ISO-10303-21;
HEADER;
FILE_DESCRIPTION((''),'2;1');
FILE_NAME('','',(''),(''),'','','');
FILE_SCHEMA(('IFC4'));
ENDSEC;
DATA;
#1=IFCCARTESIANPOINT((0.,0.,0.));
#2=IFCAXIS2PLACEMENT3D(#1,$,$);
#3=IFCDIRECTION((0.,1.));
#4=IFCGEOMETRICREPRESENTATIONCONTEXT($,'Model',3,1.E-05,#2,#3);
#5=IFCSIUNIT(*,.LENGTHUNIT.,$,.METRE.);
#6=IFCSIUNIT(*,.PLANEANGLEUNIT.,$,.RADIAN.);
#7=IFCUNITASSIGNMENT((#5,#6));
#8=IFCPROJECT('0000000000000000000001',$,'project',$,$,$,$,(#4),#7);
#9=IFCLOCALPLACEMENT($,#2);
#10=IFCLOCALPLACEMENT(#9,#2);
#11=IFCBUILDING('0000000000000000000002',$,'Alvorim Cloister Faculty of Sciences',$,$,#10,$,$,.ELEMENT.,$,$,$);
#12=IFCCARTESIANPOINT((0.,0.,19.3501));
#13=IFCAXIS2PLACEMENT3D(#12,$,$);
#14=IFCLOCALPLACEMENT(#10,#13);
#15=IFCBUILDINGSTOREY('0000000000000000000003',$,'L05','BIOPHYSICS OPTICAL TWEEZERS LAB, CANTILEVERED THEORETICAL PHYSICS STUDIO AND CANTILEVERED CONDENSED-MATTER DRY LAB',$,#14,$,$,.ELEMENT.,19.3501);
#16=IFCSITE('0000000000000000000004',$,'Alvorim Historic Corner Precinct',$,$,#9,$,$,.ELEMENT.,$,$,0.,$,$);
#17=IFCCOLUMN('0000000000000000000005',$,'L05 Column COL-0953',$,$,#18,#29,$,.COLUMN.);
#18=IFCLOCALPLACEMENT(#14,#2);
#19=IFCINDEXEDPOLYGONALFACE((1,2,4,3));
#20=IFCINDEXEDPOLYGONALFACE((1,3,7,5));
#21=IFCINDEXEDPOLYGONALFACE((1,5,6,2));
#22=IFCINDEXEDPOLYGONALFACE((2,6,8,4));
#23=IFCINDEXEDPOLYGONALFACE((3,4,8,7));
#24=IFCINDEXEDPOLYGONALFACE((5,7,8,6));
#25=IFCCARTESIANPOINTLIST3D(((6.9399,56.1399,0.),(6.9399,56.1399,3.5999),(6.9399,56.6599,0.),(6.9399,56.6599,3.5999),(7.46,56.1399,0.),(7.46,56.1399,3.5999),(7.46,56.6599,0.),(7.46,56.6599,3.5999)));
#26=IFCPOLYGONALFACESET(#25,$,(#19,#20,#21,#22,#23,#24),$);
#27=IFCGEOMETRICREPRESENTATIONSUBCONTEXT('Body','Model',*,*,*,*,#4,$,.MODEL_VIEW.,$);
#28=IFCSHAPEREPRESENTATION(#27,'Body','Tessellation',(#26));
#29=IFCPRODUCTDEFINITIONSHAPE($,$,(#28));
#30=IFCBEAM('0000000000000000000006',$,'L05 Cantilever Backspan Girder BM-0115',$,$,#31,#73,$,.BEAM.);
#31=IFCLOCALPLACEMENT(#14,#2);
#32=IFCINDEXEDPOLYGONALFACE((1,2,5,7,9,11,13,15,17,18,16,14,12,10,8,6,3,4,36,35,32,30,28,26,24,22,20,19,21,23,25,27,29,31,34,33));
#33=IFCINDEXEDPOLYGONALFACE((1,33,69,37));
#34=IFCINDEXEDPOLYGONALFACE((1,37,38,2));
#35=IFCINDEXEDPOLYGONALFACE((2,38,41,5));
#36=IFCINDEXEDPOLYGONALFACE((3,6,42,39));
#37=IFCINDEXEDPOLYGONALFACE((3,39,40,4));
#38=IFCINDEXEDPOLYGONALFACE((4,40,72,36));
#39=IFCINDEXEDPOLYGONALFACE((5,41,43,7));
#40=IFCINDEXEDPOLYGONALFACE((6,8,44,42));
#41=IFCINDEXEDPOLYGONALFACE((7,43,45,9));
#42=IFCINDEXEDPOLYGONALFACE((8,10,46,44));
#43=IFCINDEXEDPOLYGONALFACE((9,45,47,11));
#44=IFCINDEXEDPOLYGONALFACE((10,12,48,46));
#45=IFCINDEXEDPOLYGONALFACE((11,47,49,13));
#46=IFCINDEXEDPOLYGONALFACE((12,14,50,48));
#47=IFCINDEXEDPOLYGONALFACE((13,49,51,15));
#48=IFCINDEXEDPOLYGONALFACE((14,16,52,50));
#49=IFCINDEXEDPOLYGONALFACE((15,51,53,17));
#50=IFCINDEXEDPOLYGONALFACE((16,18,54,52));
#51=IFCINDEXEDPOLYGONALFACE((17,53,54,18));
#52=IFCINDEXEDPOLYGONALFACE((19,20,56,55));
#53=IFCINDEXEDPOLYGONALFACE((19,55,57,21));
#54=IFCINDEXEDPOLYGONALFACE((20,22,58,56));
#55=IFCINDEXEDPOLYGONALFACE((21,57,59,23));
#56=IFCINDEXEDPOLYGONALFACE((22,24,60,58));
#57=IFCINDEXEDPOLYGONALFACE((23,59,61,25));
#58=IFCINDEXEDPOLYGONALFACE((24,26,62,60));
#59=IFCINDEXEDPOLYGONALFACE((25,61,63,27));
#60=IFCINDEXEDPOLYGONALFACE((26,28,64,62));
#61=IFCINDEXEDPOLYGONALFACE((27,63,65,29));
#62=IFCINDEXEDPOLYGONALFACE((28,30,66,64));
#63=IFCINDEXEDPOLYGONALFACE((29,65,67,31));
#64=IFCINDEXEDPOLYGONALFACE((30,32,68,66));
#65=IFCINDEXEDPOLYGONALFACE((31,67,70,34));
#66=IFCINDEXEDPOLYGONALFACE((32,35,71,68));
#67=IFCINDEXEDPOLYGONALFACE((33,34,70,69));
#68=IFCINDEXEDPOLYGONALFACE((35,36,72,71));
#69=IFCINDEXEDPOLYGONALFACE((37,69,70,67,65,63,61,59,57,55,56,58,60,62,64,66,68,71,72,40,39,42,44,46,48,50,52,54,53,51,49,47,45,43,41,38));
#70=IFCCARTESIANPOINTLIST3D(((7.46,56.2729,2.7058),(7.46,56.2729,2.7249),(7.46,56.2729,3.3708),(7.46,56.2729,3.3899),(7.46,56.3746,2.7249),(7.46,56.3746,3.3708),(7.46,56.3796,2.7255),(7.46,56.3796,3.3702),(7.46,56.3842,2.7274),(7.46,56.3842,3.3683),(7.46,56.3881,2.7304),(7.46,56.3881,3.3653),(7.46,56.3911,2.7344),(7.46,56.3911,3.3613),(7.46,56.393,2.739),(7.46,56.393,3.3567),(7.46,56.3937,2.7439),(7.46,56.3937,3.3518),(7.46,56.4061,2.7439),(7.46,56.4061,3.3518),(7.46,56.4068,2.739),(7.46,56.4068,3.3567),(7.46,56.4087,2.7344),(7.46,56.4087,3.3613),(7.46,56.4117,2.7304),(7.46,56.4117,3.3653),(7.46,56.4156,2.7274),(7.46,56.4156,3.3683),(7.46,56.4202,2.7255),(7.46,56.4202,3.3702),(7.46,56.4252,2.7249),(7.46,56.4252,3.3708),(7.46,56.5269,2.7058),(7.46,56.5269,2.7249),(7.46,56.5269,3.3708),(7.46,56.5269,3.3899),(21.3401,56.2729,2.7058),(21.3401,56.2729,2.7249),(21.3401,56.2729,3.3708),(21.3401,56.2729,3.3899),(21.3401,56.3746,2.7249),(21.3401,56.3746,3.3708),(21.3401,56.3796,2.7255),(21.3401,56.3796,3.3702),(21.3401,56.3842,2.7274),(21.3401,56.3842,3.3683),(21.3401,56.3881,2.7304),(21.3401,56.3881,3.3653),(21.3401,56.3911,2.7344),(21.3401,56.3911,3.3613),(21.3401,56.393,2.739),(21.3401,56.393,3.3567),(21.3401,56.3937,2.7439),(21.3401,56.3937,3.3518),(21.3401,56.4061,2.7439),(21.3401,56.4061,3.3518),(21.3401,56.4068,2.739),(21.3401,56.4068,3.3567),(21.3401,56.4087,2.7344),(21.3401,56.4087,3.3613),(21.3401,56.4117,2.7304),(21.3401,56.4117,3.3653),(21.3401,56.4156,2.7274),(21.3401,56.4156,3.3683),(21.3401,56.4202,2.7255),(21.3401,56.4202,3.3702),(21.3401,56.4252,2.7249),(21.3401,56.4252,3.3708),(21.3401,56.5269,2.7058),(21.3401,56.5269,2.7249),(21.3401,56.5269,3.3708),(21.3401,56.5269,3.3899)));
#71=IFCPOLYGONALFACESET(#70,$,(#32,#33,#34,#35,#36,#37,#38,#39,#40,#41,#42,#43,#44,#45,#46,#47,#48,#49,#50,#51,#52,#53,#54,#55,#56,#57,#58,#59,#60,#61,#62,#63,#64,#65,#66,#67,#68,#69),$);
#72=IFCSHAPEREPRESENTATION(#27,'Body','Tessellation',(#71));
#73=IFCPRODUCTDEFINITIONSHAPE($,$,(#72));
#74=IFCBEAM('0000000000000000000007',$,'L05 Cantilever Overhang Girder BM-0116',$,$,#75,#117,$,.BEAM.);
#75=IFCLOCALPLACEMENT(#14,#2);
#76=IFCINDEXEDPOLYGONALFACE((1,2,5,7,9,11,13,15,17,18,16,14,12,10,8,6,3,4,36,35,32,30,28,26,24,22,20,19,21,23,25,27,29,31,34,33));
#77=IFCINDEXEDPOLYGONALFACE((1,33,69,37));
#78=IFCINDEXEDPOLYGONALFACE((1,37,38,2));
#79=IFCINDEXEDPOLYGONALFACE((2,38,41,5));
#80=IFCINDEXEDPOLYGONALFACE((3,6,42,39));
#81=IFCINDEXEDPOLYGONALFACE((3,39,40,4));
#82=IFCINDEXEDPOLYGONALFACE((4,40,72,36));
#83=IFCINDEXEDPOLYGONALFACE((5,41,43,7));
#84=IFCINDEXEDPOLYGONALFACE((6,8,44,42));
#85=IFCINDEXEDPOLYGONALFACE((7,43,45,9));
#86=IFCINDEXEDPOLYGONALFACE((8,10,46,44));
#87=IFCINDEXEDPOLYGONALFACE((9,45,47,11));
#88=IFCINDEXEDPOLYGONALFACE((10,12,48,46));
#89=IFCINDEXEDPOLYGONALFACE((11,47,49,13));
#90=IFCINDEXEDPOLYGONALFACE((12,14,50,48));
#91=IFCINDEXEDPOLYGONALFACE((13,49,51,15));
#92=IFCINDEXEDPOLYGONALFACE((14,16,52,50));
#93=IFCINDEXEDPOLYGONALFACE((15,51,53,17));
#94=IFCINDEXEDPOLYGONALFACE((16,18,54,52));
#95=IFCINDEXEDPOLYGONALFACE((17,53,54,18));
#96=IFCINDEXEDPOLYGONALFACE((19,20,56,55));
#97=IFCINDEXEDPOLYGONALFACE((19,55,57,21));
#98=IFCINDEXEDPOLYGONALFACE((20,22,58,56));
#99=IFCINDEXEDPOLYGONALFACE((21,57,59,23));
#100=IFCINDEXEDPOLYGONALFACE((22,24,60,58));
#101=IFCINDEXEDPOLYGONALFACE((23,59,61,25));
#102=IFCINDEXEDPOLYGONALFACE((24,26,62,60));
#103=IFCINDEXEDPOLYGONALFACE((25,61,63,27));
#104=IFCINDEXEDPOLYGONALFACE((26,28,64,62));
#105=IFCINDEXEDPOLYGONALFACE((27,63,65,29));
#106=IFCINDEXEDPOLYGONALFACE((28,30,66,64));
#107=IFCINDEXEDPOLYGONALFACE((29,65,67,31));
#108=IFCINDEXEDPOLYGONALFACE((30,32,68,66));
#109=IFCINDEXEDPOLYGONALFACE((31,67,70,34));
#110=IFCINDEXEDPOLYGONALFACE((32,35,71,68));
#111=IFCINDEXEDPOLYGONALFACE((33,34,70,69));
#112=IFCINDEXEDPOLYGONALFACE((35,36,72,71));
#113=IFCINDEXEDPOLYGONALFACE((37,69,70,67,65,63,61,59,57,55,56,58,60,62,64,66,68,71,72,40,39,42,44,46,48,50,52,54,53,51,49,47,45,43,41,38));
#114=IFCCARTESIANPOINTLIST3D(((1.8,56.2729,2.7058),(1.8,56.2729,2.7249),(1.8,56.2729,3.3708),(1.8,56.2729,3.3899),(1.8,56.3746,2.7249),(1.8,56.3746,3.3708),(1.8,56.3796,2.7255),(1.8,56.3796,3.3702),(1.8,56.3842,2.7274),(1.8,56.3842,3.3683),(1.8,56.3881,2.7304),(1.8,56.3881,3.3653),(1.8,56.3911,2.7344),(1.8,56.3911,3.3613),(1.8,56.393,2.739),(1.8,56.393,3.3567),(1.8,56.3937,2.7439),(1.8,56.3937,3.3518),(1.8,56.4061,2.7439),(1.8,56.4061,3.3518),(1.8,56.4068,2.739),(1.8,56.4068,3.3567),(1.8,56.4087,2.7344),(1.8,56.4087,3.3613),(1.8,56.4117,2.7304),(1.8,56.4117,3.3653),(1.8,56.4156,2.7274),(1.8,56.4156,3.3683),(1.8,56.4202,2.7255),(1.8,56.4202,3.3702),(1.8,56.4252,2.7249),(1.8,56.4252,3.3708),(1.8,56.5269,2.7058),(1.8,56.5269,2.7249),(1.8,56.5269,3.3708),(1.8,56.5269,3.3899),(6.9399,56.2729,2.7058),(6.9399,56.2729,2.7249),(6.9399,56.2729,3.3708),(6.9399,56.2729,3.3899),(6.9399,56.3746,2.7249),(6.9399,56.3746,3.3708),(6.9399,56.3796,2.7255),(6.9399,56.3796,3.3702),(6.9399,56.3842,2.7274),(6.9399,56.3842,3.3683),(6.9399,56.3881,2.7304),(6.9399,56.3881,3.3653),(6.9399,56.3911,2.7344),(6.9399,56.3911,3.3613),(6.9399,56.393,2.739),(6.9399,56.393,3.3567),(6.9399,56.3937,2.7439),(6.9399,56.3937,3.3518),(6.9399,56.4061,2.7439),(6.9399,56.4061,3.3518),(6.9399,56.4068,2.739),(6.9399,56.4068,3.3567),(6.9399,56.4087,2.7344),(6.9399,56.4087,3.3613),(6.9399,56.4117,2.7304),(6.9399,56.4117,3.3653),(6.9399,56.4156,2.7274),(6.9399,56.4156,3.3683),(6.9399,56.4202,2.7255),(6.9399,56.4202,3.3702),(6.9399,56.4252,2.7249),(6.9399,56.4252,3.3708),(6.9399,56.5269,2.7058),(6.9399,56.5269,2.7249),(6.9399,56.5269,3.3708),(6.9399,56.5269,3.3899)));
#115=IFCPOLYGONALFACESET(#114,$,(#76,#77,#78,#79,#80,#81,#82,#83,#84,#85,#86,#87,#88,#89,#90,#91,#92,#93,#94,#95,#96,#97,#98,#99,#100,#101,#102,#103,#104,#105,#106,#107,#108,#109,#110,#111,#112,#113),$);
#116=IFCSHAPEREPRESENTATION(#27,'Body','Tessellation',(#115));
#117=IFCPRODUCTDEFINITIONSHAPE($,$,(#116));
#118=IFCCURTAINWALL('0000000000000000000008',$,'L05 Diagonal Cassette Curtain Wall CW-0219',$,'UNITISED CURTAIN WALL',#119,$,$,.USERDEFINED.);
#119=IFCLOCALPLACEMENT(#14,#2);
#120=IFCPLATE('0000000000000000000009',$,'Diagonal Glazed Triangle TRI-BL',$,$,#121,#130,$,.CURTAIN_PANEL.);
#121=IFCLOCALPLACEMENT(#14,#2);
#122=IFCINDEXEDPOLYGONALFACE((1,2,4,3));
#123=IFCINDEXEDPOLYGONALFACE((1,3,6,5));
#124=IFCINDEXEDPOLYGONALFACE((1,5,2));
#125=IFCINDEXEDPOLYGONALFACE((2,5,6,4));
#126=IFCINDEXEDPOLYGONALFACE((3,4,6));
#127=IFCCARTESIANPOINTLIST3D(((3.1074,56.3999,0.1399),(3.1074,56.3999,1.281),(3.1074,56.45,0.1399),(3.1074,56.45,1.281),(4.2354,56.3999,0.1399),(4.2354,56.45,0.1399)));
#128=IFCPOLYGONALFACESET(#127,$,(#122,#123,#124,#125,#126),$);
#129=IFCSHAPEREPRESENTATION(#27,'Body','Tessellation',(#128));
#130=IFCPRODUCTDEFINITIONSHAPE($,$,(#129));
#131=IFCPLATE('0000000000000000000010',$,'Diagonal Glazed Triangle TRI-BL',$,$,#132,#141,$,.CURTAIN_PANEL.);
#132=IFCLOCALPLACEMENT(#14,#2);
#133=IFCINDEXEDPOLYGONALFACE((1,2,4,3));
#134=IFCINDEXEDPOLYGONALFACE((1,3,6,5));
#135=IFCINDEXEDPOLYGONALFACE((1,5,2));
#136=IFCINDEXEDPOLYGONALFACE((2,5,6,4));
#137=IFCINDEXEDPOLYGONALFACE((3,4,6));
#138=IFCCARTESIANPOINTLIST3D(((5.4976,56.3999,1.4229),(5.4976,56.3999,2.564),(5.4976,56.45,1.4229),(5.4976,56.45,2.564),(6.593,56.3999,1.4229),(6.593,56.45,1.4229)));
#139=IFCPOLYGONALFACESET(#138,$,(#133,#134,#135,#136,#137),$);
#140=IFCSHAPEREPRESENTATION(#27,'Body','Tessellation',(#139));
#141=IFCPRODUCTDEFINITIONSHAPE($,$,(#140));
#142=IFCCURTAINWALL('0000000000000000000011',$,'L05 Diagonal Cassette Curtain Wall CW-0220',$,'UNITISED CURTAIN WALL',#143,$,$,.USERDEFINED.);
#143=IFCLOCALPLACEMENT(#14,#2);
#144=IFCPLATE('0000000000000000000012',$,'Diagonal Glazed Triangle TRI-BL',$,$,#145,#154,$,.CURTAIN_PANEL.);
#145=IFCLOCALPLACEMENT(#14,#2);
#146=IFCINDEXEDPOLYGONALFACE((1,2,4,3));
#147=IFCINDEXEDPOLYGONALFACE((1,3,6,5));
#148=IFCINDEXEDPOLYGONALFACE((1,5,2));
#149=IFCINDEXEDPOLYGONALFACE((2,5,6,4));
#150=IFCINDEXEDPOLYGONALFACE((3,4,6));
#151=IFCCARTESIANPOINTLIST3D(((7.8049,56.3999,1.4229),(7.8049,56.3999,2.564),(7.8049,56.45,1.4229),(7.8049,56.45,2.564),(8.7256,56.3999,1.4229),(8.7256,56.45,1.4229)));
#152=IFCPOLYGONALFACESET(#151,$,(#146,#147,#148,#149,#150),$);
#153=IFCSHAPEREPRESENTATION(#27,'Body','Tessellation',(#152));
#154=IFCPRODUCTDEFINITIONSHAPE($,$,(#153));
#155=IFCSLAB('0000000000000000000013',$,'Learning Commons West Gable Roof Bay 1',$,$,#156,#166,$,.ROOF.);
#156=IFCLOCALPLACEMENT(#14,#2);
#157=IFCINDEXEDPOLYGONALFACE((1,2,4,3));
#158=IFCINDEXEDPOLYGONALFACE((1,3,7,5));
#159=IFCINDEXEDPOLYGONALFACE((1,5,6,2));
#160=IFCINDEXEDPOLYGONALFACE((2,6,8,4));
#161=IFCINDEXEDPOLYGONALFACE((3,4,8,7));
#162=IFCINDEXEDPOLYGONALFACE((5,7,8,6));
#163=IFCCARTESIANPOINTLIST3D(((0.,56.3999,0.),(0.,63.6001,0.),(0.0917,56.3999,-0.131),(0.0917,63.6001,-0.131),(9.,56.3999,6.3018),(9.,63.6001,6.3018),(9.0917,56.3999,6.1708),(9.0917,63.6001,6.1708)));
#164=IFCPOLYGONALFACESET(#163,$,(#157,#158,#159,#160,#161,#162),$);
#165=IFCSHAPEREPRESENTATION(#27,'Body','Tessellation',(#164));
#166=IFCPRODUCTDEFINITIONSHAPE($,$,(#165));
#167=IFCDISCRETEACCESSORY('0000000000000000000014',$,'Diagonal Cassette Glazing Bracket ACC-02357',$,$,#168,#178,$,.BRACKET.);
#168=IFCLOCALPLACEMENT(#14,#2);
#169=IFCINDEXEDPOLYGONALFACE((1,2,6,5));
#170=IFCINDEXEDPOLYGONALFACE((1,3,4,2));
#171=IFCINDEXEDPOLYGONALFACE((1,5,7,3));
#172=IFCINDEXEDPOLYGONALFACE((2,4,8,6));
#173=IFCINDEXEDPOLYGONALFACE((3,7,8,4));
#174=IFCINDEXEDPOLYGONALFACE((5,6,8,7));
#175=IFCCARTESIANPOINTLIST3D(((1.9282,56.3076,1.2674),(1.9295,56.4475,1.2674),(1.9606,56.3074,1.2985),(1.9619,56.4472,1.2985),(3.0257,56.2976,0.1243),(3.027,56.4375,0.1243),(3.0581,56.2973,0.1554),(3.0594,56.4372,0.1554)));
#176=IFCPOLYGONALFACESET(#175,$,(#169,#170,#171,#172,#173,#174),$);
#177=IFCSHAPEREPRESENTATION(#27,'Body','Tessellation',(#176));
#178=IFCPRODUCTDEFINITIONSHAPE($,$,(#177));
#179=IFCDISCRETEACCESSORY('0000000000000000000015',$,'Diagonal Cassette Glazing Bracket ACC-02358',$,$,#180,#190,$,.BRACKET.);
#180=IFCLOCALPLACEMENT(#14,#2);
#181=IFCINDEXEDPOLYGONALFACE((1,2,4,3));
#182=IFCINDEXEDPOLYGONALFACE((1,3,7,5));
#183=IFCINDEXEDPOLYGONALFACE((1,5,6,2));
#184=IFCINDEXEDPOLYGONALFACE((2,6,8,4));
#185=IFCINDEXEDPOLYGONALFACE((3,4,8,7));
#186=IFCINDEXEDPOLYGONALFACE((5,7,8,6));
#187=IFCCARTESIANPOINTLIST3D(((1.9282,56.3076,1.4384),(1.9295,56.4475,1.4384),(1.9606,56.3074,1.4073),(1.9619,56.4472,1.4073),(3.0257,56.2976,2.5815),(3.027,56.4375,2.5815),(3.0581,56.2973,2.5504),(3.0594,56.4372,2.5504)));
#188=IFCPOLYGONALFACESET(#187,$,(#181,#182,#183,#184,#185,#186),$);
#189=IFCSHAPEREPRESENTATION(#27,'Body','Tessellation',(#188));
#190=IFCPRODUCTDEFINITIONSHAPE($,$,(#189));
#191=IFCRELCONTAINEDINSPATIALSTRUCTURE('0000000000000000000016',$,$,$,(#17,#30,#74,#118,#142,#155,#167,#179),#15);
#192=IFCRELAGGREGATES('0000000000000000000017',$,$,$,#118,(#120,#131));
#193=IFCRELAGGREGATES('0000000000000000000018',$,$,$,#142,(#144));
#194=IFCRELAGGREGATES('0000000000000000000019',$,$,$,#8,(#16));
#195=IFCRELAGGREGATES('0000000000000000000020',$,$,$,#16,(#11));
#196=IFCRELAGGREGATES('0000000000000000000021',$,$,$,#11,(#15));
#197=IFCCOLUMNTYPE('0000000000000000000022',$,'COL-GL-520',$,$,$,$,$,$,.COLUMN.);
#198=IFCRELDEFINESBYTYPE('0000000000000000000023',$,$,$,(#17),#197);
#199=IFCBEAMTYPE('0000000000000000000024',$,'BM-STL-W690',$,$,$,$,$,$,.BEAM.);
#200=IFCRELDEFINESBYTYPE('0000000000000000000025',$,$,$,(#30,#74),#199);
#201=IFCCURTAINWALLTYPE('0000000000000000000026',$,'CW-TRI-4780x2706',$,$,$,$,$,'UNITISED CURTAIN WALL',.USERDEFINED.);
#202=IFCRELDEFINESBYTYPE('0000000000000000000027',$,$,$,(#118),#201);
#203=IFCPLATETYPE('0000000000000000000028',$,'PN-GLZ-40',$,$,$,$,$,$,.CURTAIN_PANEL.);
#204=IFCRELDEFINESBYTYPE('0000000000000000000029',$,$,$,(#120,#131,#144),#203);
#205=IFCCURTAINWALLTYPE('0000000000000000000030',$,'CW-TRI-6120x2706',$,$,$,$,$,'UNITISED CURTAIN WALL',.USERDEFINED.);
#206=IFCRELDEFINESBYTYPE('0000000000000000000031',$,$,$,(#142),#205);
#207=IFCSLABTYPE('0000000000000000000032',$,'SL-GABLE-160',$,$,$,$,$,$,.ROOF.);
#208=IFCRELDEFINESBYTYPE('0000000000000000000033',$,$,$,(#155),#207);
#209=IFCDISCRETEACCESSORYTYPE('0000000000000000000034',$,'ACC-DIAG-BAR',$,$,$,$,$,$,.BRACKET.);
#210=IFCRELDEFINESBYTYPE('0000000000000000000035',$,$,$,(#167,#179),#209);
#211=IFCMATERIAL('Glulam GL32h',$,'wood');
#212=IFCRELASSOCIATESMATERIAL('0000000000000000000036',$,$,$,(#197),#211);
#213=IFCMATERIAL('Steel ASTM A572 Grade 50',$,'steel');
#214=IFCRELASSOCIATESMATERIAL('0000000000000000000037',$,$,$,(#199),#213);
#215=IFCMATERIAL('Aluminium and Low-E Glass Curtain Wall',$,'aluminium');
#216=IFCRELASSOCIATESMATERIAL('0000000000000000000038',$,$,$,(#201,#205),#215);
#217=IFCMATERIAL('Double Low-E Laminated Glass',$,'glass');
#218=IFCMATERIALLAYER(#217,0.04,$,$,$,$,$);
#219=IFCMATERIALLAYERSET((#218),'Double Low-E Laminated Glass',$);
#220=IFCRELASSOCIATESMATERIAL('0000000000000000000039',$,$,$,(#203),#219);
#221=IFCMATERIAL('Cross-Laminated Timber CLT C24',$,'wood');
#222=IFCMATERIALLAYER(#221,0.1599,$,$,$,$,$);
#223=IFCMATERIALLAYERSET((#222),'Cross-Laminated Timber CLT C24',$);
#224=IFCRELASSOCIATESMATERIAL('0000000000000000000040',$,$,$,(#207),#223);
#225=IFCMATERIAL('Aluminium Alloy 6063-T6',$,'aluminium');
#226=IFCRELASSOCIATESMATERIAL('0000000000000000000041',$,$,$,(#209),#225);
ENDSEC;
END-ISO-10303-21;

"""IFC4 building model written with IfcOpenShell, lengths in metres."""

from ifc_helpers import new_model, si_unit, direction, frame, origin, origin_2d, place, context, subcontext, project, spatial, polyline, rectangle, i_section, outline, extrude, material, layer, layer_set, material_profile, profile_set, type_object, element, aggregate, save


model = new_model("IFC4")

# Units and contexts
model_context = context("Model", 3, precision=1e-05, world=origin(), true_north=direction((0.0, 1.0)))
body_context = subcontext(model_context, "Body", "Model", "MODEL_VIEW")
ifc_project = project(units=[si_unit("LENGTHUNIT", "METRE"), si_unit("PLANEANGLEUNIT", "RADIAN")], contexts=[model_context])

# Site, building, storey
site_placement = place(None, origin())
site = spatial("IfcSite", under=ifc_project, at=site_placement, Name="Alvorim Historic Corner Precinct", CompositionType="ELEMENT", RefElevation=0.0)
building_placement = place(site_placement, origin())
building = spatial("IfcBuilding", under=site, at=building_placement, Name="Alvorim Cloister Faculty of Sciences", CompositionType="ELEMENT")
storey_placement = place(building_placement, frame((0.0, 0.0, 19.3501)))
storey = spatial("IfcBuildingStorey", under=building, at=storey_placement, Name="L05", Description="BIOPHYSICS OPTICAL TWEEZERS LAB, CANTILEVERED THEORETICAL PHYSICS STUDIO AND CANTILEVERED CONDENSED-MATTER DRY LAB", CompositionType="ELEMENT", Elevation=19.3501)

# Column
ifc_material_1 = material(Name="Glulam GL32h", Category="wood")
ifc_material_profile_1 = material_profile(ifc_material_1, rectangle(XDim=0.52, YDim=0.52, at=origin_2d()), Name="GL32-COL-520x520")
ifc_profile_set_1 = profile_set([ifc_material_profile_1], Name="Glulam GL32h")
column_type = type_object("IfcColumnType", Name="COL-GL-520", PredefinedType="COLUMN", material=ifc_profile_set_1)
column_placement = place(storey_placement, frame((7.2, 56.3999, 0.0), z_axis=(0.0, 0.0, 1.0), x_axis=(1.0, 0.0, 0.0)))
element("IfcColumn", 1, at=column_placement, inside=storey, type_object=column_type, Name="L05 Column COL-0953", PredefinedType="COLUMN", context=body_context, shape_type="SweptSolid", body=[
    extrude(rectangle(XDim=0.52, YDim=0.52, at=origin_2d()), origin(), (0.0, 0.0, 1.0), 3.5999),
])

# Beams
ifc_material_2 = material(Name="Steel ASTM A572 Grade 50", Category="steel")
ifc_material_profile_2 = material_profile(ifc_material_2, i_section(OverallWidth=0.2539, OverallDepth=0.6841, WebThickness=0.0125, FlangeThickness=0.019, FilletRadius=0.019, at=origin_2d()), Name="W690x140.0")
ifc_profile_set_2 = profile_set([ifc_material_profile_2], Name="Steel ASTM A572 Grade 50")
beam_type = type_object("IfcBeamType", Name="BM-STL-W690", PredefinedType="BEAM", material=ifc_profile_set_2)
beam_1_placement = place(storey_placement, frame((7.46, 56.3999, 3.0479), z_axis=(1.0, 0.0, 0.0), x_axis=(0.0, 1.0, 0.0)))
element("IfcBeam", 2, at=beam_1_placement, inside=storey, type_object=beam_type, Name="L05 Cantilever Backspan Girder BM-0115", PredefinedType="BEAM", context=body_context, shape_type="SweptSolid", body=[
    extrude(i_section(OverallWidth=0.2539, OverallDepth=0.6841, WebThickness=0.0125, FlangeThickness=0.019, FilletRadius=0.019, at=origin_2d()), origin(), (0.0, 0.0, 1.0), 13.8801),
])
beam_2_placement = place(storey_placement, frame((1.8, 56.3999, 3.0479), z_axis=(1.0, 0.0, 0.0), x_axis=(0.0, 1.0, 0.0)))
element("IfcBeam", 3, at=beam_2_placement, inside=storey, type_object=beam_type, Name="L05 Cantilever Overhang Girder BM-0116", PredefinedType="BEAM", context=body_context, shape_type="SweptSolid", body=[
    extrude(i_section(OverallWidth=0.2539, OverallDepth=0.6841, WebThickness=0.0125, FlangeThickness=0.019, FilletRadius=0.019, at=origin_2d()), origin(), (0.0, 0.0, 1.0), 5.1399),
])

# Curtain walls, plates
ifc_material_3 = material(Name="Aluminium and Low-E Glass Curtain Wall", Category="aluminium")
curtain_wall_type_1 = type_object("IfcCurtainWallType", Name="CW-TRI-4780x2706", ElementType="UNITISED CURTAIN WALL", PredefinedType="USERDEFINED", material=ifc_material_3)
curtain_wall_1_placement = place(storey_placement, origin())
curtain_wall_1 = element("IfcCurtainWall", 4, at=curtain_wall_1_placement, inside=storey, type_object=curtain_wall_type_1, Name="L05 Diagonal Cassette Curtain Wall CW-0219", ObjectType="UNITISED CURTAIN WALL", PredefinedType="USERDEFINED")
ifc_material_4 = material(Name="Double Low-E Laminated Glass", Category="glass")
ifc_layer_1 = layer(ifc_material_4, 0.04)
ifc_layer_set_1 = layer_set([ifc_layer_1], Name="Double Low-E Laminated Glass")
plate_type = type_object("IfcPlateType", Name="PN-GLZ-40", PredefinedType="CURTAIN_PANEL", material=ifc_layer_set_1)
plate_1_placement = place(storey_placement, frame((3.1074, 56.425, 0.1399), z_axis=(0.0, 0.0, 1.0), x_axis=(1.0, 0.0, 0.0)))
plate_1 = element("IfcPlate", 5, at=plate_1_placement, type_object=plate_type, Name="Diagonal Glazed Triangle TRI-BL", PredefinedType="CURTAIN_PANEL", context=body_context, shape_type="SweptSolid", body=[
    extrude(outline(polyline([(0.0, 0.0), (1.1279, 0.0), (0.0, 1.1411), (0.0, 0.0)])), frame((0.0, 0.0249, 0.0), z_axis=(0.0, -1.0, 0.0), x_axis=(1.0, 0.0, 0.0)), (0.0, 0.0, 1.0), 0.05),
])
plate_2_placement = place(storey_placement, frame((5.4976, 56.425, 1.4229), z_axis=(0.0, 0.0, 1.0), x_axis=(1.0, 0.0, 0.0)))
plate_2 = element("IfcPlate", 6, at=plate_2_placement, type_object=plate_type, Name="Diagonal Glazed Triangle TRI-BL", PredefinedType="CURTAIN_PANEL", context=body_context, shape_type="SweptSolid", body=[
    extrude(outline(polyline([(0.0, 0.0), (1.0955, 0.0), (0.0, 1.1411), (0.0, 0.0)])), frame((0.0, 0.0249, 0.0), z_axis=(0.0, -1.0, 0.0), x_axis=(1.0, 0.0, 0.0)), (0.0, 0.0, 1.0), 0.05),
])
aggregate(curtain_wall_1, [plate_1, plate_2])
curtain_wall_type_2 = type_object("IfcCurtainWallType", Name="CW-TRI-6120x2706", ElementType="UNITISED CURTAIN WALL", PredefinedType="USERDEFINED", material=ifc_material_3)
curtain_wall_2_placement = place(storey_placement, origin())
curtain_wall_2 = element("IfcCurtainWall", 7, at=curtain_wall_2_placement, inside=storey, type_object=curtain_wall_type_2, Name="L05 Diagonal Cassette Curtain Wall CW-0220", ObjectType="UNITISED CURTAIN WALL", PredefinedType="USERDEFINED")
plate_3_placement = place(storey_placement, frame((7.8049, 56.425, 1.4229), z_axis=(0.0, 0.0, 1.0), x_axis=(1.0, 0.0, 0.0)))
plate_3 = element("IfcPlate", 8, at=plate_3_placement, type_object=plate_type, Name="Diagonal Glazed Triangle TRI-BL", PredefinedType="CURTAIN_PANEL", context=body_context, shape_type="SweptSolid", body=[
    extrude(outline(polyline([(0.0, 0.0), (0.9207, 0.0), (0.0, 1.1411), (0.0, 0.0)])), frame((0.0, 0.0249, 0.0), z_axis=(0.0, -1.0, 0.0), x_axis=(1.0, 0.0, 0.0)), (0.0, 0.0, 1.0), 0.05),
])
aggregate(curtain_wall_2, [plate_3])

# Slab
ifc_material_5 = material(Name="Cross-Laminated Timber CLT C24", Category="wood")
ifc_layer_2 = layer(ifc_material_5, 0.1599)
ifc_layer_set_2 = layer_set([ifc_layer_2], Name="Cross-Laminated Timber CLT C24")
slab_type = type_object("IfcSlabType", Name="SL-GABLE-160", PredefinedType="ROOF", material=ifc_layer_set_2)
slab_placement = place(storey_placement, frame((0.0, 56.3999, 0.0), z_axis=(-0.57357, 0.0, 0.819157), x_axis=(0.819157, 0.0, 0.57357)))
element("IfcSlab", 9, at=slab_placement, inside=storey, type_object=slab_type, Name="Learning Commons West Gable Roof Bay 1", PredefinedType="ROOF", context=body_context, shape_type="SweptSolid", body=[
    extrude(outline(polyline([(0.0, 0.0), (10.9869, 0.0), (10.9869, 7.2002), (0.0, 7.2002), (0.0, 0.0)])), origin(), (0.0, 0.0, -1.0), 0.1599),
])

# Discrete accessories
ifc_material_6 = material(Name="Aluminium Alloy 6063-T6", Category="aluminium")
discrete_accessory_type = type_object("IfcDiscreteAccessoryType", Name="ACC-DIAG-BAR", PredefinedType="BRACKET", material=ifc_material_6)
for number, where, z_axis, x_axis, name in (
    (10, (1.9451, 56.3774, 1.283), (0.69254, -0.006317, -0.721351), (0.009121, 0.999958, 0.0), "Diagonal Cassette Glazing Bracket ACC-02357"),
    (11, (1.9451, 56.3774, 1.4229), (0.69254, -0.006317, 0.721351), (0.009121, 0.999958, 0.0), "Diagonal Cassette Glazing Bracket ACC-02358"),
):
    element("IfcDiscreteAccessory", number, at=place(storey_placement, frame(where, z_axis=z_axis, x_axis=x_axis)), inside=storey, type_object=discrete_accessory_type, Name=name, PredefinedType="BRACKET", context=body_context, shape_type="SweptSolid", body=[
        extrude(rectangle(XDim=0.1399, YDim=0.0449, at=origin_2d()), origin(), (0.0, 0.0, 1.0), 1.5847),
    ])

save(model, "model.ifc")
